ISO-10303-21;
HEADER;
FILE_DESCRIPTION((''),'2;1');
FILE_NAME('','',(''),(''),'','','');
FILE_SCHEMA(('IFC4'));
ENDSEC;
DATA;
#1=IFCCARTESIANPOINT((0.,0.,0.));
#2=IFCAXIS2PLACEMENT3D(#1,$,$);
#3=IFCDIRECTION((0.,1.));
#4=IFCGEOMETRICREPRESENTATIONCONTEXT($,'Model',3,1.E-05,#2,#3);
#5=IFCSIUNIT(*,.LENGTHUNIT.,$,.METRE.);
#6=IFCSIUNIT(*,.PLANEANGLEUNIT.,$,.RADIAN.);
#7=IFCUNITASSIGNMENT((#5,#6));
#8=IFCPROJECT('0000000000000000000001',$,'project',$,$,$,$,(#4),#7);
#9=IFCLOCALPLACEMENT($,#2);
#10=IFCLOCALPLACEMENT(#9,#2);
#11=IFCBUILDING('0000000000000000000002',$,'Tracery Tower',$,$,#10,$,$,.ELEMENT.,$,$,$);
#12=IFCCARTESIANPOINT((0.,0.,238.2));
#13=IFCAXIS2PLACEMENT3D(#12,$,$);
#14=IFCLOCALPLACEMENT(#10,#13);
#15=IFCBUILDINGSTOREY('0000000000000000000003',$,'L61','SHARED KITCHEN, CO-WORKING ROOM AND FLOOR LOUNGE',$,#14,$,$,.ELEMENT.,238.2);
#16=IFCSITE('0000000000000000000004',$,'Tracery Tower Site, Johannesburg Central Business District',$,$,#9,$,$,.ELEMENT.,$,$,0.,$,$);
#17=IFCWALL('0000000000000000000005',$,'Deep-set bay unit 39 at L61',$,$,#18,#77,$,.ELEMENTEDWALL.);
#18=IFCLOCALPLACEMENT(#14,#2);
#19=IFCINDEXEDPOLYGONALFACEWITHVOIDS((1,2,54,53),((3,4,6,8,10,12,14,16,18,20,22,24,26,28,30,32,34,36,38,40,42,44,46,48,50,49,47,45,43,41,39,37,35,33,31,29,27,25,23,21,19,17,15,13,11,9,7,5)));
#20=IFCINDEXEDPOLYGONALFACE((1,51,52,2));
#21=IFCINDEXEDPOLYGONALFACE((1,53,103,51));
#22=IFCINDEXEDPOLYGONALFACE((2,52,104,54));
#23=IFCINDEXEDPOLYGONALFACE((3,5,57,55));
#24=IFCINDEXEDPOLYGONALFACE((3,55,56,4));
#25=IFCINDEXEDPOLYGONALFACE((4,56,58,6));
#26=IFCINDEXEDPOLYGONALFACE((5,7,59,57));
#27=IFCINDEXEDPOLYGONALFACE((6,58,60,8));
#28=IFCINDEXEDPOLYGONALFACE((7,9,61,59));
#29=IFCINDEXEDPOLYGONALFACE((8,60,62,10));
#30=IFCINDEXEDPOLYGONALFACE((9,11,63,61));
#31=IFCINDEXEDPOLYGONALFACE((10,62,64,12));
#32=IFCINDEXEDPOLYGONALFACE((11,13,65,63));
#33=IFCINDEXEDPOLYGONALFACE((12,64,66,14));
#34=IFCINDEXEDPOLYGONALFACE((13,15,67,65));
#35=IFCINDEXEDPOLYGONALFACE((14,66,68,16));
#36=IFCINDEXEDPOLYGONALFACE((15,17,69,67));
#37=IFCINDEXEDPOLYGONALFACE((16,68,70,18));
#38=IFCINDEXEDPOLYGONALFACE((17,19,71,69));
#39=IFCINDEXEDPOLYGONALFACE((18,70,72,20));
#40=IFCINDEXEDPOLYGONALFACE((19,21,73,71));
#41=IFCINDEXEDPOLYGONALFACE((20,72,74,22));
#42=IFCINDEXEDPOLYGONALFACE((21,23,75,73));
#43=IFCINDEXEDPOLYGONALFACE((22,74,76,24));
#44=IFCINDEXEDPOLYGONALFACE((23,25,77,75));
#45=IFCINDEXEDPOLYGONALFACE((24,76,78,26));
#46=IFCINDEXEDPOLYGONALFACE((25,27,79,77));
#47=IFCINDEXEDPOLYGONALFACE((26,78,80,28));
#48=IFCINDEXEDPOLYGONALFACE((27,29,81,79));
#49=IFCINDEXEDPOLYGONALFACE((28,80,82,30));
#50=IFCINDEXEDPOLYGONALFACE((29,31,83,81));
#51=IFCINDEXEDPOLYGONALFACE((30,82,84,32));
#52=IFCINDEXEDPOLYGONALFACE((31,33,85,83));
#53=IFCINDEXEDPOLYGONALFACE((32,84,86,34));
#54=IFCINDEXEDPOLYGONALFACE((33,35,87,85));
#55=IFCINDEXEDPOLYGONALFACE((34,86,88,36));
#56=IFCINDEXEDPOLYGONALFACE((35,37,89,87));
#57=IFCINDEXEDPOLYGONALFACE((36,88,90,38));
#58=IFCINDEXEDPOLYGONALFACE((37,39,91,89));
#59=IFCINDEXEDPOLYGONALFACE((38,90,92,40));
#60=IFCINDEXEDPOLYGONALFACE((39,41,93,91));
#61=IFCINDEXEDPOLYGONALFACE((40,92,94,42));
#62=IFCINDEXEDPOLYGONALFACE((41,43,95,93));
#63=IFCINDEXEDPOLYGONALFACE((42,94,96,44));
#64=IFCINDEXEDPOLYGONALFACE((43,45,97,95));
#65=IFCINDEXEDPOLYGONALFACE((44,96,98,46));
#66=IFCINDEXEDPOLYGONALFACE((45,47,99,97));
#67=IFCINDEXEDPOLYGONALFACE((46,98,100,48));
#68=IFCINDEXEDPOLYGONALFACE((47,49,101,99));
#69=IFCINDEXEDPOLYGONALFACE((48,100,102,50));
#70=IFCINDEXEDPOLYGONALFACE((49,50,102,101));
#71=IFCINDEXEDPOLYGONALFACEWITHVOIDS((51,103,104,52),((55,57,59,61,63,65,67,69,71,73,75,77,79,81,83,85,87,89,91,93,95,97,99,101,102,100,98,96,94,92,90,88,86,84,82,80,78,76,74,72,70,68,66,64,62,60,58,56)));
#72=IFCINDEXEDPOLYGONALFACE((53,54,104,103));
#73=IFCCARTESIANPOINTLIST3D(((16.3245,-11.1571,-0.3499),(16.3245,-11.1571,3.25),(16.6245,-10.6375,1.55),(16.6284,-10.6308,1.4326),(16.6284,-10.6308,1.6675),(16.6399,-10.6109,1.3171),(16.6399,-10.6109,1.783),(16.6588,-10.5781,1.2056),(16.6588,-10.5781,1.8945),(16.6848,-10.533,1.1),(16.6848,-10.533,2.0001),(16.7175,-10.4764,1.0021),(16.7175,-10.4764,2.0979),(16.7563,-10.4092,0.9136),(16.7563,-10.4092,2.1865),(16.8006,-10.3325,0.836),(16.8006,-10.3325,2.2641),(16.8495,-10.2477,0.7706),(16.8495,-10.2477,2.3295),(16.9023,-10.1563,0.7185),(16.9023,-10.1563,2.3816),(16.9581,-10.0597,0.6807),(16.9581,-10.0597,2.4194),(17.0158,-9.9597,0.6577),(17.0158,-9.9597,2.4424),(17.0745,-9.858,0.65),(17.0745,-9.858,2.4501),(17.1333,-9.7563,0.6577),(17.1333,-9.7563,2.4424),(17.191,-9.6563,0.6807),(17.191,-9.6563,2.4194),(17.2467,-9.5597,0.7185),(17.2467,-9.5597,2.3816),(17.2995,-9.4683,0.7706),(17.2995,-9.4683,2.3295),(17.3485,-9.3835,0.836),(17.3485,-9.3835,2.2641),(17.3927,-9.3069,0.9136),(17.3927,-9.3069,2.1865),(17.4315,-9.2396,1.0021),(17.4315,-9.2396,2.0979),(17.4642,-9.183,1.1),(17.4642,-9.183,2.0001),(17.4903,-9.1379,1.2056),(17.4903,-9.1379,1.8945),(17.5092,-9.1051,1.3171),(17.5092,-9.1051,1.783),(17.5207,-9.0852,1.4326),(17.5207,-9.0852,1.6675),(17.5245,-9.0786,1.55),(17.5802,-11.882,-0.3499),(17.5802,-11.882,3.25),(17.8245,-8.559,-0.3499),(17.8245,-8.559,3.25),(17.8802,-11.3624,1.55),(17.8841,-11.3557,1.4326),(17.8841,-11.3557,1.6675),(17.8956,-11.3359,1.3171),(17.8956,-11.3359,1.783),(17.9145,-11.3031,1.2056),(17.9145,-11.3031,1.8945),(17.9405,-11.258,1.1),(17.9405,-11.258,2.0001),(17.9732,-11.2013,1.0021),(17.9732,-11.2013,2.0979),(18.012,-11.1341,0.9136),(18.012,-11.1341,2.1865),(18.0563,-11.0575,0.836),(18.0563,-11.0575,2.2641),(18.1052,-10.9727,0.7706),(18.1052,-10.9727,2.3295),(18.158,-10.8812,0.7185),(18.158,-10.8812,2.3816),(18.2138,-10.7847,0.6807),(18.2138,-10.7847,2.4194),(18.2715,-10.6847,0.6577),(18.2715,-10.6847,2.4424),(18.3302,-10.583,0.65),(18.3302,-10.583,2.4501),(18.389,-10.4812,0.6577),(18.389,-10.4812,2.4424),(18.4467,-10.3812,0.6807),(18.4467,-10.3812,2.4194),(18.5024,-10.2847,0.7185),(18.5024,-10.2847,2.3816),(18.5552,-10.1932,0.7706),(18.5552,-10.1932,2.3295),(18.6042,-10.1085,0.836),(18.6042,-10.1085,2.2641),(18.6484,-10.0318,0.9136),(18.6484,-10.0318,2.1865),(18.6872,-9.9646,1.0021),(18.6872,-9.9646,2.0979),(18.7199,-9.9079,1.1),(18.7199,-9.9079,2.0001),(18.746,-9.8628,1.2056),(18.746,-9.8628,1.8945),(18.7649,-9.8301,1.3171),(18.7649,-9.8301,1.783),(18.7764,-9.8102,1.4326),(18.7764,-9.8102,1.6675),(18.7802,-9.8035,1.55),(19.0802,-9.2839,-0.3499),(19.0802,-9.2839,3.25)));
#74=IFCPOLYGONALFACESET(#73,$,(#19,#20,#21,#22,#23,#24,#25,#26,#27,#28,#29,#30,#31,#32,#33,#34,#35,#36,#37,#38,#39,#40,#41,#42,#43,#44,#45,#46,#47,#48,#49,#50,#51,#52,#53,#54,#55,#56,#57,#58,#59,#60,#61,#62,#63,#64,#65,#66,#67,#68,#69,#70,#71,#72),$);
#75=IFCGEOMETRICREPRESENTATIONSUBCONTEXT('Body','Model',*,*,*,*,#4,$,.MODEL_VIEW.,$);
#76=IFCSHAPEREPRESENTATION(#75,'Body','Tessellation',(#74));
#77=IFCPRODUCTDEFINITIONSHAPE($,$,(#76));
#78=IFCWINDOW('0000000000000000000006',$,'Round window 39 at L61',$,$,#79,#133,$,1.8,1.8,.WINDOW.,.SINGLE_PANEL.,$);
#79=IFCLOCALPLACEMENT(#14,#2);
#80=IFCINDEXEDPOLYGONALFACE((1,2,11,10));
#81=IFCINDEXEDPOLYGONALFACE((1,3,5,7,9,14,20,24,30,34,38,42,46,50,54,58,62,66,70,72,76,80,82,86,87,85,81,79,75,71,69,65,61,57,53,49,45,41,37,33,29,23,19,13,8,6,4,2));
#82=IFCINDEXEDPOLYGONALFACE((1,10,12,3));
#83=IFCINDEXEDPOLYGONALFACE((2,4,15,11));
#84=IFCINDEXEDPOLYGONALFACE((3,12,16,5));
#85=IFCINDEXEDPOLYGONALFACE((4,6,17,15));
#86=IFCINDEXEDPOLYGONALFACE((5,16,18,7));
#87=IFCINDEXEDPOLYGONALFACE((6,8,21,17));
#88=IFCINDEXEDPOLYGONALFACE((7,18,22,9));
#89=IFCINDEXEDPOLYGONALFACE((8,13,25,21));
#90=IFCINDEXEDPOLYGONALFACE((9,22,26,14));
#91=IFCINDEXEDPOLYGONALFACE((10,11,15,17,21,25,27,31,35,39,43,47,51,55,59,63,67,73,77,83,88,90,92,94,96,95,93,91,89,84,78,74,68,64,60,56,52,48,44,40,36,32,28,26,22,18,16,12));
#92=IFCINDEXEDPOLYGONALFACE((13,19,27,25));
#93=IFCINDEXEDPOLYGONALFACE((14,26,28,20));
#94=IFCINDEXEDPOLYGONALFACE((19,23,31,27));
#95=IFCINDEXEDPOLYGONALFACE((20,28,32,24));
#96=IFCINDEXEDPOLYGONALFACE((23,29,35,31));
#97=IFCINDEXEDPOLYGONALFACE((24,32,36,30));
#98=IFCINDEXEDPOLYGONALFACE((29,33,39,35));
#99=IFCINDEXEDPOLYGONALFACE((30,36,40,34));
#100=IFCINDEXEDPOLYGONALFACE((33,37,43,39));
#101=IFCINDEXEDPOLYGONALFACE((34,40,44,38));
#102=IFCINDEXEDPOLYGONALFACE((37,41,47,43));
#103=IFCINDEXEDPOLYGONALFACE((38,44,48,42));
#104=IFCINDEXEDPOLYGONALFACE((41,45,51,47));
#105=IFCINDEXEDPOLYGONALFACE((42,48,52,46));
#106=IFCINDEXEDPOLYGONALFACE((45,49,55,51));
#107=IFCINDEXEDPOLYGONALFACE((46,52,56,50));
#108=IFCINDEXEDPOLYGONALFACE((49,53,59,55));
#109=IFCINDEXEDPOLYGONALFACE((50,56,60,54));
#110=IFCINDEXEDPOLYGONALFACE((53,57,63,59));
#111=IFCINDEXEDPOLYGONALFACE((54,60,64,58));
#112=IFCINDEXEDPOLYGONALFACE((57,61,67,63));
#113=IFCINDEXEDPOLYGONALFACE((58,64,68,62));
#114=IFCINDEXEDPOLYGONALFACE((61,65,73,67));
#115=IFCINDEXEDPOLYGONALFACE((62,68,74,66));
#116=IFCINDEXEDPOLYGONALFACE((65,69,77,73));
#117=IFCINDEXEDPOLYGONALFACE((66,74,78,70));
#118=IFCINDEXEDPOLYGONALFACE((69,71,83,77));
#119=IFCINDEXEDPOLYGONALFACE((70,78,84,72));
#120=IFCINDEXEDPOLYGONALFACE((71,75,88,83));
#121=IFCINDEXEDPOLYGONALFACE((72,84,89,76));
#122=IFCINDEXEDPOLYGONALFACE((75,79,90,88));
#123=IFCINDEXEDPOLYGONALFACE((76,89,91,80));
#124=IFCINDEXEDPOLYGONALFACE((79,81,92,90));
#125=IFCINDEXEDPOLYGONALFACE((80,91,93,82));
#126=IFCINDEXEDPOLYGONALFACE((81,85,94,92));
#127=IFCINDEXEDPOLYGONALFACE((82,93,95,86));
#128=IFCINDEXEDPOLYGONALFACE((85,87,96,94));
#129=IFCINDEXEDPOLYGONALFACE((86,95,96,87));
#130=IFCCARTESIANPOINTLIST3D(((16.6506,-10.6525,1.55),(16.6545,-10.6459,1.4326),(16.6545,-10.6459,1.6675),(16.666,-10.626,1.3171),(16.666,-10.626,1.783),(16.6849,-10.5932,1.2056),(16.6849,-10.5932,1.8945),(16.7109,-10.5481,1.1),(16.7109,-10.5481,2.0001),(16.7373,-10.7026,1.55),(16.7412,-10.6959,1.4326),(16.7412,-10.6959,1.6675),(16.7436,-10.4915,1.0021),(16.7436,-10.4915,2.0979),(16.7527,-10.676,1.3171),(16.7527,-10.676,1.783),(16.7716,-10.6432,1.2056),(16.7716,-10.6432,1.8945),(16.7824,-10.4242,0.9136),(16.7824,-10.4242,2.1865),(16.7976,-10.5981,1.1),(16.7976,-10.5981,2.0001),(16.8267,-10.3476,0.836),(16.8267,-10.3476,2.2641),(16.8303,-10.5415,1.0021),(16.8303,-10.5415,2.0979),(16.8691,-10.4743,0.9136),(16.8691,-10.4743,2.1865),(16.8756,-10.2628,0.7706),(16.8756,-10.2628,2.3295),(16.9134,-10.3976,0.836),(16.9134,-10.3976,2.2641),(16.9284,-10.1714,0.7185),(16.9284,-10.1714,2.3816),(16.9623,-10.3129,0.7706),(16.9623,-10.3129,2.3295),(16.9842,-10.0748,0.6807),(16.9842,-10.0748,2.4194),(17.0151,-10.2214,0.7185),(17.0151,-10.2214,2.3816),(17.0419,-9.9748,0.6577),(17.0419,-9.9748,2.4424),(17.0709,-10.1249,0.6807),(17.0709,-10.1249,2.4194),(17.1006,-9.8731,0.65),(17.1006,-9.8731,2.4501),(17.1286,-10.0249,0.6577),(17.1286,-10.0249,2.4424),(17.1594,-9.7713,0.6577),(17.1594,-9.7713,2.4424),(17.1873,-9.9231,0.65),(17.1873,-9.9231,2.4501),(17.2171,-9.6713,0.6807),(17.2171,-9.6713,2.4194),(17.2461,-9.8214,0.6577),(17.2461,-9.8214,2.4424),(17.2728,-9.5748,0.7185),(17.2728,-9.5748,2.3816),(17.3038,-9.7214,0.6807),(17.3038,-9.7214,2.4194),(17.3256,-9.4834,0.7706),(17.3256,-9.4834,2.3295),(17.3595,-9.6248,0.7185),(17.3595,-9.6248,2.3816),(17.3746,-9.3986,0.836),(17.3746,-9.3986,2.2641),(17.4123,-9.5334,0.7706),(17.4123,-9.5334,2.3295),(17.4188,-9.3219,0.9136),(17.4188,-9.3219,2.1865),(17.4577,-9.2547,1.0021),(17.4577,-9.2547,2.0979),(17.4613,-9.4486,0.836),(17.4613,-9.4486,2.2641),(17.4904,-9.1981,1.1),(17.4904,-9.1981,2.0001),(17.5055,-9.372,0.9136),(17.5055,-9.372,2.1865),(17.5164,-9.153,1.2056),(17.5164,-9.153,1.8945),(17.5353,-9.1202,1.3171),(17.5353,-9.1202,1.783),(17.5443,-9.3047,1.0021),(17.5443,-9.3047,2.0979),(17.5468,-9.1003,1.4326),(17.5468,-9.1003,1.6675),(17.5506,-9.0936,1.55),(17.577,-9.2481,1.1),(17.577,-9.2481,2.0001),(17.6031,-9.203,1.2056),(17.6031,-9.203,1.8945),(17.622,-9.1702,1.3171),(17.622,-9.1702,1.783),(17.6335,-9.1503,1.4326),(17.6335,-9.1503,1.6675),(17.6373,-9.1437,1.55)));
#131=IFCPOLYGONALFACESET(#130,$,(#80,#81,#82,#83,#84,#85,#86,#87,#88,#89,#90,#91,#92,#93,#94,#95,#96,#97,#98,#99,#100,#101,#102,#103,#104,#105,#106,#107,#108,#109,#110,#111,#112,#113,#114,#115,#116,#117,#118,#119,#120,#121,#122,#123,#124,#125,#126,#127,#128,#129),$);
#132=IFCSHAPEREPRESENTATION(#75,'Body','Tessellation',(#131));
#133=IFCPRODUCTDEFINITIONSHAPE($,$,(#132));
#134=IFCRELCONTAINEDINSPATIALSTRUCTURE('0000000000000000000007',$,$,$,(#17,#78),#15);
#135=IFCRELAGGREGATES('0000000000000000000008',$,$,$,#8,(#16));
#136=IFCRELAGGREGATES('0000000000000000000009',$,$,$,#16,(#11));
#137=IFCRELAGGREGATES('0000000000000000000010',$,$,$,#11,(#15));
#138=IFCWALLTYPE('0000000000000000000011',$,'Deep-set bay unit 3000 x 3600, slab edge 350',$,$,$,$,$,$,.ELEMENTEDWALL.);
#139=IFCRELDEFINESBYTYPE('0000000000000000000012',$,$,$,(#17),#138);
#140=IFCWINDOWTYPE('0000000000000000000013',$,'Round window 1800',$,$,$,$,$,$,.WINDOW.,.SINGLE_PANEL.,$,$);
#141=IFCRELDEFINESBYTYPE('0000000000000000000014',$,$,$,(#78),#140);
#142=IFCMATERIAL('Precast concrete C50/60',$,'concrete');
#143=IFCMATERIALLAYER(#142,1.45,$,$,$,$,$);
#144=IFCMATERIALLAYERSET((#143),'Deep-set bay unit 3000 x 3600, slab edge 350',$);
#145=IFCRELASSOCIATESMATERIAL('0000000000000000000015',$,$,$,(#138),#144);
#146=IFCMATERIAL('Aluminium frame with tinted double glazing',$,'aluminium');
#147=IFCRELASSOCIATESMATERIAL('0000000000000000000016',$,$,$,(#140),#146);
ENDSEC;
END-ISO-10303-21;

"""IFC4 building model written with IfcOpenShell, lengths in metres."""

from ifc_helpers import new_model, si_unit, direction, frame, frame_2d, origin, origin_2d, place, context, subcontext, project, spatial, rectangle, circle, extrude, material, layer, layer_set, type_object, element, fill, save


model = new_model("IFC4")

# Units and contexts
model_context = context("Model", 3, precision=1e-05, world=origin(), true_north=direction((0.0, 1.0)))
body_context = subcontext(model_context, "Body", "Model", "MODEL_VIEW")
ifc_project = project(units=[si_unit("LENGTHUNIT", "METRE"), si_unit("PLANEANGLEUNIT", "RADIAN")], contexts=[model_context])

# Site, building, storey
site_placement = place(None, origin())
site = spatial("IfcSite", under=ifc_project, at=site_placement, Name="Tracery Tower Site, Johannesburg Central Business District", CompositionType="ELEMENT", RefElevation=0.0)
building_placement = place(site_placement, origin())
building = spatial("IfcBuilding", under=site, at=building_placement, Name="Tracery Tower", CompositionType="ELEMENT")
storey_placement = place(building_placement, frame((0.0, 0.0, 238.2)))
storey = spatial("IfcBuildingStorey", under=building, at=storey_placement, Name="L61", Description="SHARED KITCHEN, CO-WORKING ROOM AND FLOOR LOUNGE", CompositionType="ELEMENT", Elevation=238.2)

# Wall, opening, window
ifc_material_1 = material(Name="Precast concrete C50/60", Category="concrete")
ifc_layer_1 = layer(ifc_material_1, 1.45)
ifc_layer_set_1 = layer_set([ifc_layer_1], Name="Deep-set bay unit 3000 x 3600, slab edge 350")
wall_type_1 = type_object("IfcWallType", Name="Deep-set bay unit 3000 x 3600, slab edge 350", PredefinedType="ELEMENTEDWALL", material=ifc_layer_set_1)
ifc_material_2 = material(Name="Aluminium frame with tinted double glazing", Category="aluminium")
window_type = type_object("IfcWindowType", Name="Round window 1800", PartitioningType="SINGLE_PANEL", PredefinedType="WINDOW", material=ifc_material_2)
wall_1_placement = place(storey_placement, frame((16.9524, -11.5195, -0.3499), z_axis=(0.0, 0.0, 1.0), x_axis=(0.49999, 0.866031, 0.0)))
wall_1 = element("IfcWall", 1, at=wall_1_placement, inside=storey, type_object=wall_type_1, Name="Deep-set bay unit 39 at L61", PredefinedType="ELEMENTEDWALL", context=body_context, shape_type="SweptSolid", body=[
    extrude(rectangle(XDim=3.0, YDim=1.45, at=frame_2d((1.5, 0.0))), origin(), (0.0, 0.0, 1.0), 3.5999),
])
opening_1_placement = place(wall_1_placement, frame((1.5, 0.0, 1.8999)))
opening_1 = element("IfcOpeningElement", 2, at=opening_1_placement, cuts=wall_1, PredefinedType="OPENING", context=body_context, shape_type="SweptSolid", body=[
    extrude(circle(Radius=0.9, at=origin_2d()), frame((0.0, 0.7349, 0.0), z_axis=(0.0, -1.0, 0.0), x_axis=(1.0, 0.0, 0.0)), (0.0, 0.0, 1.0), 1.47),
])
window_1_placement = place(opening_1_placement, origin())
window_1 = element("IfcWindow", 3, at=window_1_placement, inside=storey, type_object=window_type, Name="Round window 39 at L61", OverallHeight=1.8, OverallWidth=1.8, PartitioningType="SINGLE_PANEL", PredefinedType="WINDOW", context=body_context, shape_type="SweptSolid", body=[
    extrude(circle(Radius=0.9, at=origin_2d()), frame((0.0, 0.6948, 0.0), z_axis=(0.0, -1.0, 0.0), x_axis=(1.0, 0.0, 0.0)), (0.0, 0.0, 1.0), 0.1001),
])
fill(opening_1, window_1)

save(model, "model.ifc")
